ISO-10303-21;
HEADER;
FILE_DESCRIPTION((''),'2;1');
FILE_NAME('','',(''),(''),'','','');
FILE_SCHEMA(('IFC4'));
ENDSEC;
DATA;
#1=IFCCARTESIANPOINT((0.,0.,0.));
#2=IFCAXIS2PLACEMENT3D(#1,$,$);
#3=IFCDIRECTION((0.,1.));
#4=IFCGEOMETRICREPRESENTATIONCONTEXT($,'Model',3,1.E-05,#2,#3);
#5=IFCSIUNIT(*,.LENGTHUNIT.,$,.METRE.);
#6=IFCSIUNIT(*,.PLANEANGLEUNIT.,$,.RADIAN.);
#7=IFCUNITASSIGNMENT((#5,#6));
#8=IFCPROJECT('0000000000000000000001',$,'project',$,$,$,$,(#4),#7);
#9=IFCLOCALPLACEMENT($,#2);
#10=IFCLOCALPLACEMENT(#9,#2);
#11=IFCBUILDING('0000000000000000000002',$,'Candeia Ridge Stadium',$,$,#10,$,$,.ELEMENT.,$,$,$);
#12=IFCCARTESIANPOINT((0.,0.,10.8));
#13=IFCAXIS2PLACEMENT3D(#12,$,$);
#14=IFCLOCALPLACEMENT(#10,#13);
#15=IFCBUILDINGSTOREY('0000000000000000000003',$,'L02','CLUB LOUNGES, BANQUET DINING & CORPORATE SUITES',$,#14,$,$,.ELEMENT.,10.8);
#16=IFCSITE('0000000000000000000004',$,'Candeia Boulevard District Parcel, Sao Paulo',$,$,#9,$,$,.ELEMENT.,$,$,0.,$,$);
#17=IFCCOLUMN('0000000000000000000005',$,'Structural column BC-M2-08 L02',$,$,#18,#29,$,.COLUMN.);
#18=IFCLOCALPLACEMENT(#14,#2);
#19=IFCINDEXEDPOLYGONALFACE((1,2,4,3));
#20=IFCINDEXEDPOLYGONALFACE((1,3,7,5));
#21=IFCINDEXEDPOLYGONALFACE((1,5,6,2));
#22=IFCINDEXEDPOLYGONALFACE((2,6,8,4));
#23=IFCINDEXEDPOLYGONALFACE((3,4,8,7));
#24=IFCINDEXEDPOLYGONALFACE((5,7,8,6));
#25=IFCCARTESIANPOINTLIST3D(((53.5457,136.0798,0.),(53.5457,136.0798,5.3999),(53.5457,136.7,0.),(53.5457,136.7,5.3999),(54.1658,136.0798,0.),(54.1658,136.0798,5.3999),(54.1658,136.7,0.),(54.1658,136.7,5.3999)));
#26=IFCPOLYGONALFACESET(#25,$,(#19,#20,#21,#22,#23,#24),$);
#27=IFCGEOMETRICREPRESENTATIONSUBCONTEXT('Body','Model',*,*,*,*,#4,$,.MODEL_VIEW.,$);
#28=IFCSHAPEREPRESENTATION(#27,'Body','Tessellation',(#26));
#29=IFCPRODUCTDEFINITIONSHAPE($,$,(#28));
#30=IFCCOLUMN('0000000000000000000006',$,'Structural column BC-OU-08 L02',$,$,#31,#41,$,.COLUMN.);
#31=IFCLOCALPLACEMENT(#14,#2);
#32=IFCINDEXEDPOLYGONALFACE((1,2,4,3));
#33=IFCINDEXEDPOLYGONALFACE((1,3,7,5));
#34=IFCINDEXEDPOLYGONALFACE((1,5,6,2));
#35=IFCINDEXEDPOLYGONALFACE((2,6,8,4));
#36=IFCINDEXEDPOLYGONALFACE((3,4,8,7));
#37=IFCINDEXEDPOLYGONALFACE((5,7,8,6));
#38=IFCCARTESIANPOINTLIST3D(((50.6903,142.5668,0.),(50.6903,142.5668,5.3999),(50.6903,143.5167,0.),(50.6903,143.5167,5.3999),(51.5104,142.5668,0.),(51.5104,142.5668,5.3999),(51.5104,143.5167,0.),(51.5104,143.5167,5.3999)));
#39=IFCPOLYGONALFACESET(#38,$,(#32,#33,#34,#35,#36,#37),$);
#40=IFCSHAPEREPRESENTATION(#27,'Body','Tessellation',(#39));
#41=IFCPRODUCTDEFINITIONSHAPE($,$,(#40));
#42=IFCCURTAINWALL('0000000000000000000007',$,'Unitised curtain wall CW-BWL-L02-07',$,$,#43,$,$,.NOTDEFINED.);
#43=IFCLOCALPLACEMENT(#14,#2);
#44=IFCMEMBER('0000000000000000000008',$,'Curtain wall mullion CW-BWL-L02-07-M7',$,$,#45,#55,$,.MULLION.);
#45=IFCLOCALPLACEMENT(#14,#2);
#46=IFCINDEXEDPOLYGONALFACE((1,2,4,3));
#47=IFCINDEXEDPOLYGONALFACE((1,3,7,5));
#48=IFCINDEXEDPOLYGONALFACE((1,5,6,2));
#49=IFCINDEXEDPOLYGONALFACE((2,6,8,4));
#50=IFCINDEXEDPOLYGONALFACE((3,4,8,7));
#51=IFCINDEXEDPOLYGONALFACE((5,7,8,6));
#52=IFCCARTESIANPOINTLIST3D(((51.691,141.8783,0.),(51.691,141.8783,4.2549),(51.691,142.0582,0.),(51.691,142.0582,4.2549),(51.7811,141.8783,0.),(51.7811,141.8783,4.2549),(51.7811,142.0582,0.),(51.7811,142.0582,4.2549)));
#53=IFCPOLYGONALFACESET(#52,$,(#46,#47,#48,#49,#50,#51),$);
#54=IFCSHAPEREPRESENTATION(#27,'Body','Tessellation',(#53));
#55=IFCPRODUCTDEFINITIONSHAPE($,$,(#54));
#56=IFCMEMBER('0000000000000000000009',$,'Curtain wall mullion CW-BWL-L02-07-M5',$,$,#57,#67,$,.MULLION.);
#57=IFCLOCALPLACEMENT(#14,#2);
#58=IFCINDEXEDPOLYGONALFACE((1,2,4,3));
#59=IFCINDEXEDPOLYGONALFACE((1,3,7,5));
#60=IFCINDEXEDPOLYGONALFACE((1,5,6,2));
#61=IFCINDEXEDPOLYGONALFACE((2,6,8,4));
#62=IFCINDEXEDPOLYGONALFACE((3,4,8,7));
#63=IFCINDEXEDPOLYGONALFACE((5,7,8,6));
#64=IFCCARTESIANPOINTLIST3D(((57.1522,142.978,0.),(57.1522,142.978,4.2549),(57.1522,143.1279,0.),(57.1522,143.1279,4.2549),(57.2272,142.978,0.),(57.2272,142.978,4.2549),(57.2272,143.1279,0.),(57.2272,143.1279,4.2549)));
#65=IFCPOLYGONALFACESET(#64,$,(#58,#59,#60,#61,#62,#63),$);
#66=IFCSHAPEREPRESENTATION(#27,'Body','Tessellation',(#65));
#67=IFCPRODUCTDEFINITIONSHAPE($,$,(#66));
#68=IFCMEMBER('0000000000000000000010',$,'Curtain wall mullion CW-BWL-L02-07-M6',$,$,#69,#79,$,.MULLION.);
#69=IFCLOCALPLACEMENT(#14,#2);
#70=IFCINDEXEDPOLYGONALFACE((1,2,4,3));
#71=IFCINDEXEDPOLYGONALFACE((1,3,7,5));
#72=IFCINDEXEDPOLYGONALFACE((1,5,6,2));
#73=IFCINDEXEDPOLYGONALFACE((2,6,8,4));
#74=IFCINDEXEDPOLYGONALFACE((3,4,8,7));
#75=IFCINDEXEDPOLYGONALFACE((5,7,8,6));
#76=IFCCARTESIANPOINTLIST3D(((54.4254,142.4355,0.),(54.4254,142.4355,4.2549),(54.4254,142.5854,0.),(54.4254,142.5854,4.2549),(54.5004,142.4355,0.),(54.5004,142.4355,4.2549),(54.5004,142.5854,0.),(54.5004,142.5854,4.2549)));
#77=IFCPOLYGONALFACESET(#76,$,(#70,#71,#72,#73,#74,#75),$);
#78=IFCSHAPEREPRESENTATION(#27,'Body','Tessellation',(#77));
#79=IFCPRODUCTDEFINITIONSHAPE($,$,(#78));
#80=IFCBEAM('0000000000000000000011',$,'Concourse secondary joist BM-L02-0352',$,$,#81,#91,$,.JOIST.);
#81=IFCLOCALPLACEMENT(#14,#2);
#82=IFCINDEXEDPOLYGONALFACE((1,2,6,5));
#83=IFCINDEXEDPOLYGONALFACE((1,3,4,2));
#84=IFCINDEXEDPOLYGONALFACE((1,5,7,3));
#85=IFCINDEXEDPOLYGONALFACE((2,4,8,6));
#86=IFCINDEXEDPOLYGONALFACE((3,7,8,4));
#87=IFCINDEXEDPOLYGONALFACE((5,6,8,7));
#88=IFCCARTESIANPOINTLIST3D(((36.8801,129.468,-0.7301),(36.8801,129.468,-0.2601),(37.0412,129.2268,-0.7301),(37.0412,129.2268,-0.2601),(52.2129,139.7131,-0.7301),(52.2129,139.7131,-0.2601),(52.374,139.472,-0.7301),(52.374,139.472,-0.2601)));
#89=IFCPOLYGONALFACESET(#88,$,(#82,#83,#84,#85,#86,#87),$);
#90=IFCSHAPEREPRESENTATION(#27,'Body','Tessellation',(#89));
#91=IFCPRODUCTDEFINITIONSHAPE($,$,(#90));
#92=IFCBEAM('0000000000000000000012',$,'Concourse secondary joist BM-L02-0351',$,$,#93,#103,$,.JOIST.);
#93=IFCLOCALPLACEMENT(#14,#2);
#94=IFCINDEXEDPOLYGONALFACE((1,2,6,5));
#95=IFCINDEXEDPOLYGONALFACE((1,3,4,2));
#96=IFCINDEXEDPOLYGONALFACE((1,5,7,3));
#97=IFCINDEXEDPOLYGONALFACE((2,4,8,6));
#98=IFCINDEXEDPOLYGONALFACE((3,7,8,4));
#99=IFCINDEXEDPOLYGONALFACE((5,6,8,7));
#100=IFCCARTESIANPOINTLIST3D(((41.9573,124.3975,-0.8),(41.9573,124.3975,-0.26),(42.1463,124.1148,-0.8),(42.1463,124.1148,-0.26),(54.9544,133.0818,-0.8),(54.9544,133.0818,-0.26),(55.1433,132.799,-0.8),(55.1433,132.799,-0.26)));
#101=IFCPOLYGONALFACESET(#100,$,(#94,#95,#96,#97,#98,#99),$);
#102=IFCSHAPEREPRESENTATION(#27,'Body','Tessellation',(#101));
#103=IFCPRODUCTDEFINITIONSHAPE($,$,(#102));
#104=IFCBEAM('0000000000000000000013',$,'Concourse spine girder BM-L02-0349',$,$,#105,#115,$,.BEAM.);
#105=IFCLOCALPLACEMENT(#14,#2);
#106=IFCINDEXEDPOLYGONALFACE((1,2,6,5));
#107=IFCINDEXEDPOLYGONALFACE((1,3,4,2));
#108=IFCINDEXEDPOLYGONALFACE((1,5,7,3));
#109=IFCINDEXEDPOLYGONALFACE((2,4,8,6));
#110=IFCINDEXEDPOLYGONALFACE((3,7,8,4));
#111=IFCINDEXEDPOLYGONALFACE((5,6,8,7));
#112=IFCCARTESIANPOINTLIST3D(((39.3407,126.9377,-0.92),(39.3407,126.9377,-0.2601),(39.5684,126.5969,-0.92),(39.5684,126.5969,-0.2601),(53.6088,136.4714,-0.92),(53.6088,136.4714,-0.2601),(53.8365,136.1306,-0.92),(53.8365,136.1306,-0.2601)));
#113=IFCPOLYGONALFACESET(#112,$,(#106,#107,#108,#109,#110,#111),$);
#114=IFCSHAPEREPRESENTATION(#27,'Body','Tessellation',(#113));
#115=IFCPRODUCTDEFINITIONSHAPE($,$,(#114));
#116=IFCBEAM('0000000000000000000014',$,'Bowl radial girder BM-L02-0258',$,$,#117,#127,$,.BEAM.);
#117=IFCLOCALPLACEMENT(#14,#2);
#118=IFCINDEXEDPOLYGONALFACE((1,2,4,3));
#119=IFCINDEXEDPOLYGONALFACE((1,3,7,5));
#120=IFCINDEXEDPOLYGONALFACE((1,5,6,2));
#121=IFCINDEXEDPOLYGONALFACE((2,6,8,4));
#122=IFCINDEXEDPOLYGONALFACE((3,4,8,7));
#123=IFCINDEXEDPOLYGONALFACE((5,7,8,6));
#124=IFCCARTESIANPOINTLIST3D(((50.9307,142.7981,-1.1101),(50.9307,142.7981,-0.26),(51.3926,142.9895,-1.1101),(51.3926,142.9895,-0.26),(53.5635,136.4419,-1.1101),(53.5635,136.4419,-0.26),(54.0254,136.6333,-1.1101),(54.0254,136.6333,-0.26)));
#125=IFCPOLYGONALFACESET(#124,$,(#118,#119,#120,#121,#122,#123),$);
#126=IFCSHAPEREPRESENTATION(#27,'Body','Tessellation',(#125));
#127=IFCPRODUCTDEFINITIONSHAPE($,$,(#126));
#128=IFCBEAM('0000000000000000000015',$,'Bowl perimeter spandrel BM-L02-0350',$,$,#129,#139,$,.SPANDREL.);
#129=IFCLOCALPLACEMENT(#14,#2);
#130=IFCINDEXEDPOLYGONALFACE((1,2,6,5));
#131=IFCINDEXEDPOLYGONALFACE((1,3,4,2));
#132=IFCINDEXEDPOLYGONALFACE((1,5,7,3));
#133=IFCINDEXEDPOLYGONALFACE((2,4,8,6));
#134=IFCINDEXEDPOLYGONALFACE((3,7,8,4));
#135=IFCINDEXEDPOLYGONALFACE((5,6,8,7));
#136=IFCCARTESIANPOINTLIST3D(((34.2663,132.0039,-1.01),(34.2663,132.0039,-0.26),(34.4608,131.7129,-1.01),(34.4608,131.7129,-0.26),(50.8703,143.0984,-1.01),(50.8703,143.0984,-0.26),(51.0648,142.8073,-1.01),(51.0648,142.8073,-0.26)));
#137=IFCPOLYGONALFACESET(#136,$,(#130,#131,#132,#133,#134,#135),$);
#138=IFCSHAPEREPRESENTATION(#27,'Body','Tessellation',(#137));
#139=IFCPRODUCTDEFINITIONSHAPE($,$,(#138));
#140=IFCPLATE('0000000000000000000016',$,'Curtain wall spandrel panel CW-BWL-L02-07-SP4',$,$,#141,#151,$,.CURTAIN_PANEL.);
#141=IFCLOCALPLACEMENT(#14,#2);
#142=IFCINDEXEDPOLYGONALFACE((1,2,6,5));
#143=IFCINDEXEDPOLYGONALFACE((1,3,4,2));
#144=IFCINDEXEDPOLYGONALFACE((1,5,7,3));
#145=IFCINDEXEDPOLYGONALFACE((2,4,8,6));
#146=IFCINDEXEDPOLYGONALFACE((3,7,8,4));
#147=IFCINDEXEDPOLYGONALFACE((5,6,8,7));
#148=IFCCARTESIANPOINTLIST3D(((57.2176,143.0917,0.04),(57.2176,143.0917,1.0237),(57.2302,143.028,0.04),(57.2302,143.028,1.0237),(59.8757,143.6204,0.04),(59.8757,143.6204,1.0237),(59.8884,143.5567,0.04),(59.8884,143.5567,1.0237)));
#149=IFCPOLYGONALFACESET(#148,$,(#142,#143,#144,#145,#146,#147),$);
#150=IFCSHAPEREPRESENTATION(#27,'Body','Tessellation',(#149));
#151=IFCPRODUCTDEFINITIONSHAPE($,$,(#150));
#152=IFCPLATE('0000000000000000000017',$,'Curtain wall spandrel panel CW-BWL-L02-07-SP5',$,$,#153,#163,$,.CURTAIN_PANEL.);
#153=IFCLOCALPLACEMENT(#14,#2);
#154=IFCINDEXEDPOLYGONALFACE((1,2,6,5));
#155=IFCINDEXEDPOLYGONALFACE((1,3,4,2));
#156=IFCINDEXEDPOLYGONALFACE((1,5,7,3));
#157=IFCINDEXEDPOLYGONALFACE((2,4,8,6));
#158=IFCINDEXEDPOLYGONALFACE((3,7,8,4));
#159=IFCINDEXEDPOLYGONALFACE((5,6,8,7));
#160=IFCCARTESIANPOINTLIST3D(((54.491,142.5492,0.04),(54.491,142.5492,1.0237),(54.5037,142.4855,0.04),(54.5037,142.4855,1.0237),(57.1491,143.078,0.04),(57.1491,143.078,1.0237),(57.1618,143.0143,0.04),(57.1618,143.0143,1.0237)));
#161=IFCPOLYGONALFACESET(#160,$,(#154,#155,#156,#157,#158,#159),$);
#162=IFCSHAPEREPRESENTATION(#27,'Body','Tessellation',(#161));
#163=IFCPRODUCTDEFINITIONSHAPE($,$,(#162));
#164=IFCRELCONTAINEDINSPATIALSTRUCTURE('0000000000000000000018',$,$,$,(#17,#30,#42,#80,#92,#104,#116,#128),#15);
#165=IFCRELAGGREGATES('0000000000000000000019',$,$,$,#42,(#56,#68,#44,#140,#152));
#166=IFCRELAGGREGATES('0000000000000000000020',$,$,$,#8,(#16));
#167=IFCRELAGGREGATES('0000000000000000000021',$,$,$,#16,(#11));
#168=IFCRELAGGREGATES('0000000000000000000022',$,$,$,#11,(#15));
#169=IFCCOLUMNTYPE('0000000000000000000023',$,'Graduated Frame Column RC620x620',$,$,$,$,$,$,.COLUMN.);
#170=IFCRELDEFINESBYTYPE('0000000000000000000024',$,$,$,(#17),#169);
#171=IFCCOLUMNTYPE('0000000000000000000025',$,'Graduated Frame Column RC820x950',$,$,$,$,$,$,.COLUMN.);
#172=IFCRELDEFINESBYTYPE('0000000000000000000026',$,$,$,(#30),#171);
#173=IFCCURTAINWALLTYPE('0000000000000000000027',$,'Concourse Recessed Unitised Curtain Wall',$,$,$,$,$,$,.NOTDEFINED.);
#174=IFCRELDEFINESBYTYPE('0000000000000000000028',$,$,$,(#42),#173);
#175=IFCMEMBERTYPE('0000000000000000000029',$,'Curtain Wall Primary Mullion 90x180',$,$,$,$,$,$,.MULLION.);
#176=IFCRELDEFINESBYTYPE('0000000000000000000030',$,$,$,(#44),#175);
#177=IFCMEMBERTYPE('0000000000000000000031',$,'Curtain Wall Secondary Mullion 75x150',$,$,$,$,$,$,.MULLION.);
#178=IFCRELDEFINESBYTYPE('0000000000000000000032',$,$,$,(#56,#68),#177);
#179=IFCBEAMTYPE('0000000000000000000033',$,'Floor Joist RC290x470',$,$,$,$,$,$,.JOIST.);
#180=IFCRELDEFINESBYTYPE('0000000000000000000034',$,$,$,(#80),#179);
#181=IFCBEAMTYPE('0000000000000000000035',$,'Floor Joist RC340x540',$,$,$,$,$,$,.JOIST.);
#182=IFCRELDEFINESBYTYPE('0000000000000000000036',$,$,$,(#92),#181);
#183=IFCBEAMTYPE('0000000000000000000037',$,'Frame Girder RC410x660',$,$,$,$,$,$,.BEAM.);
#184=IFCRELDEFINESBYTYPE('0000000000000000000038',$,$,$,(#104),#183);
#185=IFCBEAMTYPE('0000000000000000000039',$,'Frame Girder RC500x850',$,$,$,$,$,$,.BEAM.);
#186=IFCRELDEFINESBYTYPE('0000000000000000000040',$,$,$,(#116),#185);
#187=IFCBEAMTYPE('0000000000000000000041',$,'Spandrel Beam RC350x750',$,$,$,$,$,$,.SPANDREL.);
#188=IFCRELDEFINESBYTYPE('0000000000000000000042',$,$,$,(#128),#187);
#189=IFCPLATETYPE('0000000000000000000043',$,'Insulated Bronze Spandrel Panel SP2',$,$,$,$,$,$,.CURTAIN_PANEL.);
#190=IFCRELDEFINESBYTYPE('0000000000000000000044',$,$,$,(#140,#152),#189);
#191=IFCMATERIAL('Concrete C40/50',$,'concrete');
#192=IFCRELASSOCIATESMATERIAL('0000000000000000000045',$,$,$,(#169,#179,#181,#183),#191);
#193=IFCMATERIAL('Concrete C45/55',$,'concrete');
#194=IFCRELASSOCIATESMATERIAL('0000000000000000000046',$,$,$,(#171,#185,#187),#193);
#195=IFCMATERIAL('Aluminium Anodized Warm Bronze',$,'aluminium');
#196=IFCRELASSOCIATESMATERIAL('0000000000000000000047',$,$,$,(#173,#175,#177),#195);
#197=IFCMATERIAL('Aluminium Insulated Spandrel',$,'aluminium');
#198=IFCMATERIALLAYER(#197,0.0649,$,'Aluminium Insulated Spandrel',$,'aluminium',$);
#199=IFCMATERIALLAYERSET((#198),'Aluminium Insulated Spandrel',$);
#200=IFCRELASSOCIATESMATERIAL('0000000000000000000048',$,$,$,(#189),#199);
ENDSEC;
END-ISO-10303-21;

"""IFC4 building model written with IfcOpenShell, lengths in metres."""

from ifc_helpers import new_model, si_unit, direction, frame, origin, origin_2d, place, context, subcontext, project, spatial, rectangle, extrude, material, layer, layer_set, material_profile, profile_set, type_object, element, aggregate, save


model = new_model("IFC4")

# Units and contexts
model_context = context("Model", 3, precision=1e-05, world=origin(), true_north=direction((0.0, 1.0)))
body_context = subcontext(model_context, "Body", "Model", "MODEL_VIEW")
ifc_project = project(units=[si_unit("LENGTHUNIT", "METRE"), si_unit("PLANEANGLEUNIT", "RADIAN")], contexts=[model_context])

# Site, building, storey
site_placement = place(None, origin())
site = spatial("IfcSite", under=ifc_project, at=site_placement, Name="Candeia Boulevard District Parcel, Sao Paulo", CompositionType="ELEMENT", RefElevation=0.0)
building_placement = place(site_placement, origin())
building = spatial("IfcBuilding", under=site, at=building_placement, Name="Candeia Ridge Stadium", CompositionType="ELEMENT")
storey_placement = place(building_placement, frame((0.0, 0.0, 10.8)))
storey = spatial("IfcBuildingStorey", under=building, at=storey_placement, Name="L02", Description="CLUB LOUNGES, BANQUET DINING & CORPORATE SUITES", CompositionType="ELEMENT", Elevation=10.8)

# Columns
ifc_material_1 = material(Name="Concrete C40/50", Category="concrete")
ifc_material_profile_1 = material_profile(ifc_material_1, rectangle(XDim=0.6201, YDim=0.6201, at=origin_2d()), Name="RC620x620", Category="concrete")
ifc_profile_set_1 = profile_set([ifc_material_profile_1], Name="Concrete C40/50")
column_type_1 = type_object("IfcColumnType", Name="Graduated Frame Column RC620x620", PredefinedType="COLUMN", material=ifc_profile_set_1)
column_1_placement = place(storey_placement, frame((53.8557, 136.3899, 0.0), z_axis=(0.0, 0.0, 1.0), x_axis=(1.0, 0.0, 0.0)))
element("IfcColumn", 1, at=column_1_placement, inside=storey, type_object=column_type_1, Name="Structural column BC-M2-08 L02", PredefinedType="COLUMN", context=body_context, shape_type="SweptSolid", body=[
    extrude(rectangle(XDim=0.6201, YDim=0.6201, at=origin_2d()), origin(), (0.0, 0.0, 1.0), 5.3999),
])
ifc_material_2 = material(Name="Concrete C45/55", Category="concrete")
ifc_material_profile_2 = material_profile(ifc_material_2, rectangle(XDim=0.8201, YDim=0.95, at=origin_2d()), Name="RC820x950", Category="concrete")
ifc_profile_set_2 = profile_set([ifc_material_profile_2], Name="Concrete C45/55")
column_type_2 = type_object("IfcColumnType", Name="Graduated Frame Column RC820x950", PredefinedType="COLUMN", material=ifc_profile_set_2)
column_2_placement = place(storey_placement, frame((51.1003, 143.0417, 0.0), z_axis=(0.0, 0.0, 1.0), x_axis=(1.0, 0.0, 0.0)))
element("IfcColumn", 2, at=column_2_placement, inside=storey, type_object=column_type_2, Name="Structural column BC-OU-08 L02", PredefinedType="COLUMN", context=body_context, shape_type="SweptSolid", body=[
    extrude(rectangle(XDim=0.8201, YDim=0.95, at=origin_2d()), origin(), (0.0, 0.0, 1.0), 5.3999),
])

# Curtain wall, members
ifc_material_3 = material(Name="Aluminium Anodized Warm Bronze", Category="aluminium")
curtain_wall_type = type_object("IfcCurtainWallType", Name="Concourse Recessed Unitised Curtain Wall", PredefinedType="NOTDEFINED", material=ifc_material_3)
curtain_wall_placement = place(storey_placement, origin())
curtain_wall = element("IfcCurtainWall", 3, at=curtain_wall_placement, inside=storey, type_object=curtain_wall_type, Name="Unitised curtain wall CW-BWL-L02-07", PredefinedType="NOTDEFINED")
ifc_material_profile_3 = material_profile(ifc_material_3, rectangle(XDim=0.0901, YDim=0.1799, at=origin_2d()), Name="CWM-90x180", Category="aluminium")
ifc_profile_set_3 = profile_set([ifc_material_profile_3], Name="Aluminium Anodized Warm Bronze")
member_type_1 = type_object("IfcMemberType", Name="Curtain Wall Primary Mullion 90x180", PredefinedType="MULLION", material=ifc_profile_set_3)
member_1_placement = place(storey_placement, frame((51.7361, 141.9683, 0.0), z_axis=(0.0, 0.0, 1.0), x_axis=(1.0, 0.0, 0.0)))
member_1 = element("IfcMember", 4, at=member_1_placement, type_object=member_type_1, Name="Curtain wall mullion CW-BWL-L02-07-M7", PredefinedType="MULLION", context=body_context, shape_type="SweptSolid", body=[
    extrude(rectangle(XDim=0.0901, YDim=0.1799, at=origin_2d()), origin(), (0.0, 0.0, 1.0), 4.2549),
])
ifc_material_profile_4 = material_profile(ifc_material_3, rectangle(XDim=0.075, YDim=0.1499, at=origin_2d()), Name="CWM-75x150", Category="aluminium")
ifc_profile_set_4 = profile_set([ifc_material_profile_4], Name="Aluminium Anodized Warm Bronze")
member_type_2 = type_object("IfcMemberType", Name="Curtain Wall Secondary Mullion 75x150", PredefinedType="MULLION", material=ifc_profile_set_4)
member_2_placement = place(storey_placement, frame((57.1897, 143.053, 0.0), z_axis=(0.0, 0.0, 1.0), x_axis=(1.0, 0.0, 0.0)))
member_2 = element("IfcMember", 5, at=member_2_placement, type_object=member_type_2, Name="Curtain wall mullion CW-BWL-L02-07-M5", PredefinedType="MULLION", context=body_context, shape_type="SweptSolid", body=[
    extrude(rectangle(XDim=0.075, YDim=0.1499, at=origin_2d()), origin(), (0.0, 0.0, 1.0), 4.2549),
])
member_3_placement = place(storey_placement, frame((54.4629, 142.5105, 0.0), z_axis=(0.0, 0.0, 1.0), x_axis=(1.0, 0.0, 0.0)))
member_3 = element("IfcMember", 6, at=member_3_placement, type_object=member_type_2, Name="Curtain wall mullion CW-BWL-L02-07-M6", PredefinedType="MULLION", context=body_context, shape_type="SweptSolid", body=[
    extrude(rectangle(XDim=0.075, YDim=0.1499, at=origin_2d()), origin(), (0.0, 0.0, 1.0), 4.2549),
])

# Beams
ifc_material_profile_5 = material_profile(ifc_material_1, rectangle(XDim=0.29, YDim=0.47, at=origin_2d()), Name="RC290x470", Category="concrete")
ifc_profile_set_5 = profile_set([ifc_material_profile_5], Name="Concrete C40/50")
beam_type_1 = type_object("IfcBeamType", Name="Floor Joist RC290x470", PredefinedType="JOIST", material=ifc_profile_set_5)
beam_1_placement = place(storey_placement, frame((52.2935, 139.5925, -0.4951), z_axis=(-0.831467, -0.555574, 0.0), x_axis=(0.555574, -0.831467, 0.0)))
element("IfcBeam", 7, at=beam_1_placement, inside=storey, type_object=beam_type_1, Name="Concourse secondary joist BM-L02-0352", PredefinedType="JOIST", context=body_context, shape_type="SweptSolid", body=[
    extrude(rectangle(XDim=0.29, YDim=0.47, at=origin_2d()), origin(), (0.0, 0.0, 1.0), 18.4407),
])
ifc_material_profile_6 = material_profile(ifc_material_1, rectangle(XDim=0.3401, YDim=0.54, at=origin_2d()), Name="RC340x540", Category="concrete")
ifc_profile_set_6 = profile_set([ifc_material_profile_6], Name="Concrete C40/50")
beam_type_2 = type_object("IfcBeamType", Name="Floor Joist RC340x540", PredefinedType="JOIST", material=ifc_profile_set_6)
beam_2_placement = place(storey_placement, frame((55.0488, 132.9404, -0.53), z_axis=(-0.831471, -0.555569, 0.0), x_axis=(0.555569, -0.831471, 0.0)))
element("IfcBeam", 8, at=beam_2_placement, inside=storey, type_object=beam_type_2, Name="Concourse secondary joist BM-L02-0351", PredefinedType="JOIST", context=body_context, shape_type="SweptSolid", body=[
    extrude(rectangle(XDim=0.3401, YDim=0.54, at=origin_2d()), origin(), (0.0, 0.0, 1.0), 15.6313),
])
ifc_material_profile_7 = material_profile(ifc_material_1, rectangle(XDim=0.4099, YDim=0.6599, at=origin_2d()), Name="RC410x660", Category="concrete")
ifc_profile_set_7 = profile_set([ifc_material_profile_7], Name="Concrete C40/50")
beam_type_3 = type_object("IfcBeamType", Name="Frame Girder RC410x660", PredefinedType="BEAM", material=ifc_profile_set_7)
beam_3_placement = place(storey_placement, frame((53.7227, 136.301, -0.5901), z_axis=(-0.831468, -0.555573, 0.0), x_axis=(0.555573, -0.831468, 0.0)))
element("IfcBeam", 9, at=beam_3_placement, inside=storey, type_object=beam_type_3, Name="Concourse spine girder BM-L02-0349", PredefinedType="BEAM", context=body_context, shape_type="SweptSolid", body=[
    extrude(rectangle(XDim=0.4099, YDim=0.6599, at=origin_2d()), origin(), (0.0, 0.0, 1.0), 17.1602),
])
ifc_material_profile_8 = material_profile(ifc_material_2, rectangle(XDim=0.5, YDim=0.8501, at=origin_2d()), Name="RC500x850", Category="concrete")
ifc_profile_set_8 = profile_set([ifc_material_profile_8], Name="Concrete C45/55")
beam_type_4 = type_object("IfcBeamType", Name="Frame Girder RC500x850", PredefinedType="BEAM", material=ifc_profile_set_8)
beam_4_placement = place(storey_placement, frame((53.7944, 136.5376, -0.6851), z_axis=(-0.382682, 0.92388, 0.0), x_axis=(-0.92388, -0.382682, 0.0)))
element("IfcBeam", 10, at=beam_4_placement, inside=storey, type_object=beam_type_4, Name="Bowl radial girder BM-L02-0258", PredefinedType="BEAM", context=body_context, shape_type="SweptSolid", body=[
    extrude(rectangle(XDim=0.5, YDim=0.8501, at=origin_2d()), origin(), (0.0, 0.0, 1.0), 6.8799),
])
ifc_material_profile_9 = material_profile(ifc_material_2, rectangle(XDim=0.3501, YDim=0.75, at=origin_2d()), Name="RC350x750", Category="concrete")
ifc_profile_set_9 = profile_set([ifc_material_profile_9], Name="Concrete C45/55")
beam_type_5 = type_object("IfcBeamType", Name="Spandrel Beam RC350x750", PredefinedType="SPANDREL", material=ifc_profile_set_9)
beam_5_placement = place(storey_placement, frame((50.9675, 142.9529, -0.635), z_axis=(-0.831469, -0.555572, 0.0), x_axis=(0.555572, -0.831469, 0.0)))
element("IfcBeam", 11, at=beam_5_placement, inside=storey, type_object=beam_type_5, Name="Bowl perimeter spandrel BM-L02-0350", PredefinedType="SPANDREL", context=body_context, shape_type="SweptSolid", body=[
    extrude(rectangle(XDim=0.3501, YDim=0.75, at=origin_2d()), origin(), (0.0, 0.0, 1.0), 19.9695),
])

# Plates
ifc_material_4 = material(Name="Aluminium Insulated Spandrel", Category="aluminium")
ifc_layer_1 = layer(ifc_material_4, 0.0649, Name="Aluminium Insulated Spandrel", Category="aluminium")
ifc_layer_set_1 = layer_set([ifc_layer_1], Name="Aluminium Insulated Spandrel")
plate_type_1 = type_object("IfcPlateType", Name="Insulated Bronze Spandrel Panel SP2", PredefinedType="CURTAIN_PANEL", material=ifc_layer_set_1)
plate_1_placement = place(storey_placement, frame((58.553, 143.3242, 0.04), z_axis=(0.0, 0.0, 1.0), x_axis=(-0.980785, -0.19509, 0.0)))
plate_1 = element("IfcPlate", 12, at=plate_1_placement, type_object=plate_type_1, Name="Curtain wall spandrel panel CW-BWL-L02-07-SP4", PredefinedType="CURTAIN_PANEL", context=body_context, shape_type="SweptSolid", body=[
    extrude(rectangle(XDim=2.7102, YDim=0.0649, at=origin_2d()), origin(), (0.0, 0.0, 1.0), 0.9836),
])
plate_2_placement = place(storey_placement, frame((55.8264, 142.7817, 0.04), z_axis=(0.0, 0.0, 1.0), x_axis=(-0.980785, -0.19509, 0.0)))
plate_2 = element("IfcPlate", 13, at=plate_2_placement, type_object=plate_type_1, Name="Curtain wall spandrel panel CW-BWL-L02-07-SP5", PredefinedType="CURTAIN_PANEL", context=body_context, shape_type="SweptSolid", body=[
    extrude(rectangle(XDim=2.7102, YDim=0.0649, at=origin_2d()), origin(), (0.0, 0.0, 1.0), 0.9836),
])
aggregate(curtain_wall, [member_2, member_3, member_1, plate_1, plate_2])

save(model, "model.ifc")
